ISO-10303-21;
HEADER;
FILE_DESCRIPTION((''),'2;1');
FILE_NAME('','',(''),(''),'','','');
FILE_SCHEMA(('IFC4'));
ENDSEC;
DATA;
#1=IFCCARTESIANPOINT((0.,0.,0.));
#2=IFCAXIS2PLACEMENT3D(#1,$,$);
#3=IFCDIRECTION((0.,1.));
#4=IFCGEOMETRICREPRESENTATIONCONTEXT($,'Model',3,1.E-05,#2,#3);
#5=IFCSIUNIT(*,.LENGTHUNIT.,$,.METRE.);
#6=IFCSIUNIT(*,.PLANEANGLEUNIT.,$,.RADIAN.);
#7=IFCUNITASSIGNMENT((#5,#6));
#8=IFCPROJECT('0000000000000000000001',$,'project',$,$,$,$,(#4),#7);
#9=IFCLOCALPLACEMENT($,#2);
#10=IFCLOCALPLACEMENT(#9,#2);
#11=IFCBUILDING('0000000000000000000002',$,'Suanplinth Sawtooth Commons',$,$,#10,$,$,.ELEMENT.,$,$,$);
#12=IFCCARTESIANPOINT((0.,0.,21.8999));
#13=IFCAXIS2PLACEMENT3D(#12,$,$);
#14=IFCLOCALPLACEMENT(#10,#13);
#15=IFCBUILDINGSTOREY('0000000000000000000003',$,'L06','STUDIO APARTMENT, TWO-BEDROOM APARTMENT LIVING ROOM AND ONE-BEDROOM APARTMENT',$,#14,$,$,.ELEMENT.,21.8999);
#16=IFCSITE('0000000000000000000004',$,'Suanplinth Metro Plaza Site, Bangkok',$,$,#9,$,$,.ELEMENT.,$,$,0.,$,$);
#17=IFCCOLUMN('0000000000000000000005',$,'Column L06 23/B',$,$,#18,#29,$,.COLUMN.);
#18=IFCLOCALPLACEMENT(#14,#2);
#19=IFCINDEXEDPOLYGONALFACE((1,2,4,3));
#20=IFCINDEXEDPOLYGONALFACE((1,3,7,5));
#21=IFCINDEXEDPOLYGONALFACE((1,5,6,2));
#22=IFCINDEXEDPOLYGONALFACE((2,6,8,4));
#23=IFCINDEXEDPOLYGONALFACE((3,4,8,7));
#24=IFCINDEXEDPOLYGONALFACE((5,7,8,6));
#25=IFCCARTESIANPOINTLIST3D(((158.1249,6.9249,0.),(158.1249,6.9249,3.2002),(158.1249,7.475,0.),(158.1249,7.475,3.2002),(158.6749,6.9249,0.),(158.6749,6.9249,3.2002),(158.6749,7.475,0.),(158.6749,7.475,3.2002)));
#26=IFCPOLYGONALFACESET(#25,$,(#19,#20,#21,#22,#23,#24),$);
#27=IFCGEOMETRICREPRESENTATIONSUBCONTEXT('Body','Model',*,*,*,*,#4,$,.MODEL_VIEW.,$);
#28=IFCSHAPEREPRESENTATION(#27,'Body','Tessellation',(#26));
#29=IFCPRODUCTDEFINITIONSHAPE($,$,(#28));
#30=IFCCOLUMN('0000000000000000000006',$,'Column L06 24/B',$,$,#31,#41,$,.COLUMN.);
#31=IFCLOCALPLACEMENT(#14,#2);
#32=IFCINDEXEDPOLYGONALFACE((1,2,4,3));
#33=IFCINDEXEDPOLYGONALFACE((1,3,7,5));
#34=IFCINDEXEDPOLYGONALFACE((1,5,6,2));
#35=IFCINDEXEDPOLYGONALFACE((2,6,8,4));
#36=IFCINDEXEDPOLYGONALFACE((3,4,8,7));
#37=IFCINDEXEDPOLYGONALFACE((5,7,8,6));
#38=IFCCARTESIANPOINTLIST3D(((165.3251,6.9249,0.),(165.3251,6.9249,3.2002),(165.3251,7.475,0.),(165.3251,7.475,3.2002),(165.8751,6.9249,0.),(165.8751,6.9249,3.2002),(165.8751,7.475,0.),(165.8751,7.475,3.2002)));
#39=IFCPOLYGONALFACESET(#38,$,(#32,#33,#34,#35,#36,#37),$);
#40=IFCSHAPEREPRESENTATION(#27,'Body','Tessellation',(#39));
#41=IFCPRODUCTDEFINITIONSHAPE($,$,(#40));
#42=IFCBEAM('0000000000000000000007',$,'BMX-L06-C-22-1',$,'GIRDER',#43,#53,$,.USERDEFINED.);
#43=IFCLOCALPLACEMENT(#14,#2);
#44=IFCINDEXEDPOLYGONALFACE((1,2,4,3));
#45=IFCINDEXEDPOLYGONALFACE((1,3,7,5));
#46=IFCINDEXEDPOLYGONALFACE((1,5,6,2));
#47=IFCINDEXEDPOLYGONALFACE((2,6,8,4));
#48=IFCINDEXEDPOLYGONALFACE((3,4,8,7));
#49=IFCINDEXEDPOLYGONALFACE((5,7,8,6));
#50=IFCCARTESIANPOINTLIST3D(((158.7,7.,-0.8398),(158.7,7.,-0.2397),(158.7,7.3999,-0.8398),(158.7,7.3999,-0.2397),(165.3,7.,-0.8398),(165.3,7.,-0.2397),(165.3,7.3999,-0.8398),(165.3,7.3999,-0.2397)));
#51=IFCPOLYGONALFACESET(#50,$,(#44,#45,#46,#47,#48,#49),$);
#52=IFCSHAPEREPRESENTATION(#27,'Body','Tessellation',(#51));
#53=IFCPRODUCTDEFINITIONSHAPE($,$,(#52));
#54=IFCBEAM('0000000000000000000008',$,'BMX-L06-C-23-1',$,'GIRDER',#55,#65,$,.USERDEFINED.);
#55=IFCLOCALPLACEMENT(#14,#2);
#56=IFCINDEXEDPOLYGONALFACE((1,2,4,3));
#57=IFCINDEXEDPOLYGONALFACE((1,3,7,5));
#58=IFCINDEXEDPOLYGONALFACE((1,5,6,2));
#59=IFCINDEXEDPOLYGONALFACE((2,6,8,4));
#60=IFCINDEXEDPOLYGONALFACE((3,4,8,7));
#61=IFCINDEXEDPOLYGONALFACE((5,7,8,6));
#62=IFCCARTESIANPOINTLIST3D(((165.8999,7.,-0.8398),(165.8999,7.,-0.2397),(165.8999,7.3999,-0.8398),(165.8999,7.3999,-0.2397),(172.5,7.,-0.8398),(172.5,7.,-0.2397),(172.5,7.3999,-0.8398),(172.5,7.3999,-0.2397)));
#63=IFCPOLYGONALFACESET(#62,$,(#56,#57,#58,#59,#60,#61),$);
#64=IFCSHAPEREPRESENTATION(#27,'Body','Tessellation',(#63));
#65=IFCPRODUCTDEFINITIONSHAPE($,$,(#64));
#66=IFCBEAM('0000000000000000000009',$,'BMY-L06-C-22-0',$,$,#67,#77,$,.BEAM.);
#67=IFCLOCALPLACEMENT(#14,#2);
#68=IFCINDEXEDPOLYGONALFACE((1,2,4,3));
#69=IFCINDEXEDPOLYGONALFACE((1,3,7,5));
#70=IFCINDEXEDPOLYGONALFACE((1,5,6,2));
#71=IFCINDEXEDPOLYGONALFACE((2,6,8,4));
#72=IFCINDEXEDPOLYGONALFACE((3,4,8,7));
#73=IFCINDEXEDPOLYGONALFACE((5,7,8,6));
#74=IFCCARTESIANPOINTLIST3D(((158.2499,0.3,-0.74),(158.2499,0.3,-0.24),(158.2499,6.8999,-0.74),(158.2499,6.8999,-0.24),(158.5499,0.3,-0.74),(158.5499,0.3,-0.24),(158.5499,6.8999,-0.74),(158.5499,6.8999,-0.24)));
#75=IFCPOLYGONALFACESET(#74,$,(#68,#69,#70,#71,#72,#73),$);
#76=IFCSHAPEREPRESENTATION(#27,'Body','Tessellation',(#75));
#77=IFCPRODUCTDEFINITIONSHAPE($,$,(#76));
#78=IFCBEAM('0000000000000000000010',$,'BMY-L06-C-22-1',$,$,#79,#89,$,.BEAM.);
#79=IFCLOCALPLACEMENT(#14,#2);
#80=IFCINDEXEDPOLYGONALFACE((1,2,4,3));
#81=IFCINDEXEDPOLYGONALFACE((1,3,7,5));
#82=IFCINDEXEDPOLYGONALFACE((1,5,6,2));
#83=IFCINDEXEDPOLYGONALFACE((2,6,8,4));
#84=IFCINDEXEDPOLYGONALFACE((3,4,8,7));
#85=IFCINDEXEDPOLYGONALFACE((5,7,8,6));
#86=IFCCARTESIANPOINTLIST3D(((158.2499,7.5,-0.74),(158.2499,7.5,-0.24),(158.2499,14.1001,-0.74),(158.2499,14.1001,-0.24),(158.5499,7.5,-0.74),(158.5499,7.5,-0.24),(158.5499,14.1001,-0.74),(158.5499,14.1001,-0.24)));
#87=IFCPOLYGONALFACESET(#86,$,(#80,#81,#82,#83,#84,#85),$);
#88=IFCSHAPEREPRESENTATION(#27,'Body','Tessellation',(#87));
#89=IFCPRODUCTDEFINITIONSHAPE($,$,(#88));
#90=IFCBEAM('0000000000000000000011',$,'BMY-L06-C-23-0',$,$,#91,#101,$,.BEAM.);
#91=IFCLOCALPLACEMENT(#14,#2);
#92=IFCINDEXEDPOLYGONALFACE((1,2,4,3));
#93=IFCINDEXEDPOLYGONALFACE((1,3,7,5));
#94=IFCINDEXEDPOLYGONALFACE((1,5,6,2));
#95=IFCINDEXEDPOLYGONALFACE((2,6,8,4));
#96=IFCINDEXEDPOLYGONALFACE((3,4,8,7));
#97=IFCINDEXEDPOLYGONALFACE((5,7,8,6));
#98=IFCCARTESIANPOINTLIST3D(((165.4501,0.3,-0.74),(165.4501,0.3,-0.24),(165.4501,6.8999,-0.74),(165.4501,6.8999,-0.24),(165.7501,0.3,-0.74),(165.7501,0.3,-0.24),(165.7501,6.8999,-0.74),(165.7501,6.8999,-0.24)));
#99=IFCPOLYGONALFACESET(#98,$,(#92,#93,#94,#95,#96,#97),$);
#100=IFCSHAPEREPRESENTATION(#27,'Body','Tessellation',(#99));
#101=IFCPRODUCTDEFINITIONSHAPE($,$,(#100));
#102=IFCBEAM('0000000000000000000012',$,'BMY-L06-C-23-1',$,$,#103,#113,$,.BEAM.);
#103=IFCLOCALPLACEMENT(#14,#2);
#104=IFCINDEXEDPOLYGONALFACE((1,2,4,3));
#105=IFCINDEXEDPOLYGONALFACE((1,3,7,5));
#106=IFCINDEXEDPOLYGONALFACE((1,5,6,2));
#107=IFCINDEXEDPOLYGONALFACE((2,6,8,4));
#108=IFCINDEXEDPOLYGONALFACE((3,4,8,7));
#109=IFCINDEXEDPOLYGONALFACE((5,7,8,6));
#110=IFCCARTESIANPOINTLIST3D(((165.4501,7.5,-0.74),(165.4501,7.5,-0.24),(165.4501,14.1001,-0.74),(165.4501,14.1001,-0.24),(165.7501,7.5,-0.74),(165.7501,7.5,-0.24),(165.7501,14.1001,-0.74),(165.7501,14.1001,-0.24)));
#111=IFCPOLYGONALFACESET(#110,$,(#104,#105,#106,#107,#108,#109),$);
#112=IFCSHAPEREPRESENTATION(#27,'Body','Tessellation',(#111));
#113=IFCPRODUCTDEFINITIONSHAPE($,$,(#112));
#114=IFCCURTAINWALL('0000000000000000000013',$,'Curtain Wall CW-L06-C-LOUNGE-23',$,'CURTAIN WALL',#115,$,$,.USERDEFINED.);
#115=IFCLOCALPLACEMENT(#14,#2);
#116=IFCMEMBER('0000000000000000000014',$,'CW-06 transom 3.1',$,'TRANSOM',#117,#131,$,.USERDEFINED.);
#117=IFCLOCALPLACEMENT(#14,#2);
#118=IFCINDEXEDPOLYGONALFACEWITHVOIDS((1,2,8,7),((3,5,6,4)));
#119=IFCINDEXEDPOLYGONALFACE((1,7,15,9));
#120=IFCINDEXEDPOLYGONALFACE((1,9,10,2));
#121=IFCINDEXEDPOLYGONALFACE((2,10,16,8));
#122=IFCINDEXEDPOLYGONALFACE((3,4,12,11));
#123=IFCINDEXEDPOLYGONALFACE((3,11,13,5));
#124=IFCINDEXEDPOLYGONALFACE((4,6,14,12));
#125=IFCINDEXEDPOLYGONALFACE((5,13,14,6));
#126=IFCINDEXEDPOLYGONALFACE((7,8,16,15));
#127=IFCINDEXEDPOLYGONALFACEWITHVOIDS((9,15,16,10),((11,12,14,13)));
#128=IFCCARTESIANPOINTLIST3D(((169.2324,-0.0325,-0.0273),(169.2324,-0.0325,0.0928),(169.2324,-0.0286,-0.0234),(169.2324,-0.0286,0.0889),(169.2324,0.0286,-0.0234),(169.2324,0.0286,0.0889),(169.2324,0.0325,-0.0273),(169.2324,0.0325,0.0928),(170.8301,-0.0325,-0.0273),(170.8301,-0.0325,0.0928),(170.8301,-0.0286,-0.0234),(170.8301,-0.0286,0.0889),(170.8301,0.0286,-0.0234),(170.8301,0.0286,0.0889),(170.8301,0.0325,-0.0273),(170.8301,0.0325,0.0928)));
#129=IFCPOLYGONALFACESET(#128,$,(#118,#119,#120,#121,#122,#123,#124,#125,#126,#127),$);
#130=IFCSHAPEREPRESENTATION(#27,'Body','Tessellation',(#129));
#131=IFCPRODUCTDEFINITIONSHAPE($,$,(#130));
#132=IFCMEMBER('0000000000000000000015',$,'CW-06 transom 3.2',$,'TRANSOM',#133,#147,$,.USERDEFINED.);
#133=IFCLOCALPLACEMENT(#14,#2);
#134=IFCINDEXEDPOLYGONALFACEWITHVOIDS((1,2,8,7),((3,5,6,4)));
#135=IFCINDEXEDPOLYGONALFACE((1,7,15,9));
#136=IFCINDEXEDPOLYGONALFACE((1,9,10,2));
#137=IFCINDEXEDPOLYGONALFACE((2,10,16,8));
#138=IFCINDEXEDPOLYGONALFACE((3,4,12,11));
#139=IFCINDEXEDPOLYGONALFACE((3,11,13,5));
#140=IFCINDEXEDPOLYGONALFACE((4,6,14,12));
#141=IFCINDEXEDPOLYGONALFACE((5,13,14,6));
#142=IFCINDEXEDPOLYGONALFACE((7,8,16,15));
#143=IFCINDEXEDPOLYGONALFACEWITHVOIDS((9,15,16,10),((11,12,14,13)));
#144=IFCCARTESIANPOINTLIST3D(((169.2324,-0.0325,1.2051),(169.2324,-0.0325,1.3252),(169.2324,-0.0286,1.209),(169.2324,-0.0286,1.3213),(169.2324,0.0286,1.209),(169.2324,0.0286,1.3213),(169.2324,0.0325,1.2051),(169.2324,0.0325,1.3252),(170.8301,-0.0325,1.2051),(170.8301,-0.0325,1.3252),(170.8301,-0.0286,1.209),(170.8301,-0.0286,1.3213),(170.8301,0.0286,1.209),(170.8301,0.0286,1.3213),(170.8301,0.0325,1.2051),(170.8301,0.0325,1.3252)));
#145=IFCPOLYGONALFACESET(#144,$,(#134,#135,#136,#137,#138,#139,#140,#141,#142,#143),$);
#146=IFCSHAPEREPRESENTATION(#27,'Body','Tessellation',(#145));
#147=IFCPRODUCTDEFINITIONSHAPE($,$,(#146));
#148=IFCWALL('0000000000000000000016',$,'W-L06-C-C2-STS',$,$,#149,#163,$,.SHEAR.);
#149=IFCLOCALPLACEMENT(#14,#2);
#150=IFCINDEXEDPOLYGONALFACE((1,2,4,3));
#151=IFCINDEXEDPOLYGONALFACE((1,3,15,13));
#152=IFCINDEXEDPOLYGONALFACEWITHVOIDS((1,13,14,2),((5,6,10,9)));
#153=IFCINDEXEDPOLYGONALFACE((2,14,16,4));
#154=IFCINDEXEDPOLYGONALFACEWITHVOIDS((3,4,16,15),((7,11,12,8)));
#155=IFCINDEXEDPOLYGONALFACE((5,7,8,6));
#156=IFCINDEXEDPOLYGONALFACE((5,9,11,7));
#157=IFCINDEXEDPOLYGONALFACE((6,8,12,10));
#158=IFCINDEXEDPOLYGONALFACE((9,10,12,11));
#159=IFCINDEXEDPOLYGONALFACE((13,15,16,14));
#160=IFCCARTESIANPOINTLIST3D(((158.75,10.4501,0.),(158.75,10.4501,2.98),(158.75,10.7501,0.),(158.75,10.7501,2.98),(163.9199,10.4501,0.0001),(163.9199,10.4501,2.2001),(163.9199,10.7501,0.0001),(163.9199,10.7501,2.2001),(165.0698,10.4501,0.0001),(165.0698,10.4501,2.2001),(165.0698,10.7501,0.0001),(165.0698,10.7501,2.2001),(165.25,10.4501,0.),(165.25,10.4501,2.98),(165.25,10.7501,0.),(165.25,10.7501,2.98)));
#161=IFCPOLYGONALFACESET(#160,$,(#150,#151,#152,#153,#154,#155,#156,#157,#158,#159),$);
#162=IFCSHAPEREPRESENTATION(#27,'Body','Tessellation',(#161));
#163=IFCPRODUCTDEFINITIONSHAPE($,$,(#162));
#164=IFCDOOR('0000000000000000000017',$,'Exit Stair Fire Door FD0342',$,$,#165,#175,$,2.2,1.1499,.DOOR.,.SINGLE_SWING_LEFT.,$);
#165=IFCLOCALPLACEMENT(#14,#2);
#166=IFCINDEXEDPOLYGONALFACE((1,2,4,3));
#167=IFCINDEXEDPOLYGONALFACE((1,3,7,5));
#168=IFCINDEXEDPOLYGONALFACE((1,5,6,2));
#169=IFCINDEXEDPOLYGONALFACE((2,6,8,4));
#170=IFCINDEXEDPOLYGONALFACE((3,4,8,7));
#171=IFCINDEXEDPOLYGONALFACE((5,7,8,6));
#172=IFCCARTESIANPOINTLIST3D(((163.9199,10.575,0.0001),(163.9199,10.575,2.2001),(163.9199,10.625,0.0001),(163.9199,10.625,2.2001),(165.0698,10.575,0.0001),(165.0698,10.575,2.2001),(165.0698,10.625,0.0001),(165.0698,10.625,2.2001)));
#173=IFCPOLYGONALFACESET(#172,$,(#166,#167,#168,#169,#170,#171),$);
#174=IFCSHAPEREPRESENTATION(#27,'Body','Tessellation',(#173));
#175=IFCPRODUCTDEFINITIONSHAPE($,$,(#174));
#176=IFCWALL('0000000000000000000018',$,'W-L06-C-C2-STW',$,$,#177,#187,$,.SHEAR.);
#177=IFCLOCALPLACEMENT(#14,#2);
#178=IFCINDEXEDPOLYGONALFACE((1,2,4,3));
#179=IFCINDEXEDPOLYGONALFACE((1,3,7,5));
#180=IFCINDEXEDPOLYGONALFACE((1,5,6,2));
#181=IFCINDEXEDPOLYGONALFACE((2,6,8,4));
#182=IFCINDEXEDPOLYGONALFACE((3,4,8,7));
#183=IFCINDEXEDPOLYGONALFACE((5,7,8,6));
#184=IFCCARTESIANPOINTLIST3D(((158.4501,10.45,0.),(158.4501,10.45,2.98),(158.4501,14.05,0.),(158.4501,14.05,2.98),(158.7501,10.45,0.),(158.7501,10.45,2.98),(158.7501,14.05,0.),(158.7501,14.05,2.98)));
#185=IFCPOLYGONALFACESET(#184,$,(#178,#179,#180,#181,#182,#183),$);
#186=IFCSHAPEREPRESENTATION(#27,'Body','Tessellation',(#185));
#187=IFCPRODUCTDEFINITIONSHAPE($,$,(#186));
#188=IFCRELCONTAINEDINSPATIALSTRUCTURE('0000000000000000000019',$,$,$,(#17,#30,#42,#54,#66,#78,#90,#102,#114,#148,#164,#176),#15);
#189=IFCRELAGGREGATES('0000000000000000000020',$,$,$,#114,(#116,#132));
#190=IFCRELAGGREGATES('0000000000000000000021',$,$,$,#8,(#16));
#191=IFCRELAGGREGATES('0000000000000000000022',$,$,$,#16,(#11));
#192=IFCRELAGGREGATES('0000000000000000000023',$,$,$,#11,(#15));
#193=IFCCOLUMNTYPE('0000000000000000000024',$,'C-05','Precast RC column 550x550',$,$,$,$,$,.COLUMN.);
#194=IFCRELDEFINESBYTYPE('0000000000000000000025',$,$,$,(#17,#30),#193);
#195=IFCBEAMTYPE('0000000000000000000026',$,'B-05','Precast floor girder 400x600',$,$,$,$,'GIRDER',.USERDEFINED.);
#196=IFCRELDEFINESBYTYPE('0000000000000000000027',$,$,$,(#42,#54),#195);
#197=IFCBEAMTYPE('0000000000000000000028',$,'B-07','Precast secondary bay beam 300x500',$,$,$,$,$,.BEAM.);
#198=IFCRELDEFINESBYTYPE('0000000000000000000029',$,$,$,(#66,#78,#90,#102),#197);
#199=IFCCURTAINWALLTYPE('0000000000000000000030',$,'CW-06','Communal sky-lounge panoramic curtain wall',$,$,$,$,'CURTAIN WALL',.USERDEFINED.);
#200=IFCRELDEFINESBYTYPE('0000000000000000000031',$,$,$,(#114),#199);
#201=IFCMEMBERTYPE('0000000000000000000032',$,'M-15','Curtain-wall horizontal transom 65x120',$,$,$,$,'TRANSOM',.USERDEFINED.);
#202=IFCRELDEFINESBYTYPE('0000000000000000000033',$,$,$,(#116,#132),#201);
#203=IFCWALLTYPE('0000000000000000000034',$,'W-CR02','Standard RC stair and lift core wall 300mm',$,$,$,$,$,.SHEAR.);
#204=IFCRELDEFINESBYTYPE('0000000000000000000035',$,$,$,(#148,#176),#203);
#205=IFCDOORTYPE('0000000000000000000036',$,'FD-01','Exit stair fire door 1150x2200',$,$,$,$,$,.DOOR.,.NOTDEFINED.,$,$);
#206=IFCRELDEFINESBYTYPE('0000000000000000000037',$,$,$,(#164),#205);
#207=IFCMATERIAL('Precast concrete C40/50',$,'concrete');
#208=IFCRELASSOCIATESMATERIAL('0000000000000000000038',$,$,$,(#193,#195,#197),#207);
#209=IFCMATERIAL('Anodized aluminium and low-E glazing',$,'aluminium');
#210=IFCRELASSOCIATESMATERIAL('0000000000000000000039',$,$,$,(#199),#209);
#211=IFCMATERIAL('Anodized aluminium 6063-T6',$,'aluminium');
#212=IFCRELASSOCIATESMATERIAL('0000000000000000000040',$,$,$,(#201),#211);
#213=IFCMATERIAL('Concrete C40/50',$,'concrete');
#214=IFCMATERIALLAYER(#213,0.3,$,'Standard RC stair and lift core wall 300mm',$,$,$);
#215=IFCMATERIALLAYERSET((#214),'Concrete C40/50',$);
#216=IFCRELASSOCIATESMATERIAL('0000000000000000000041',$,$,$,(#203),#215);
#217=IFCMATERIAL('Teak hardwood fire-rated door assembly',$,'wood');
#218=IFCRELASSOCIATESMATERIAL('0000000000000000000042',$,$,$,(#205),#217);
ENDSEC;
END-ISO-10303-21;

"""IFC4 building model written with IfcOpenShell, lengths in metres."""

from ifc_helpers import new_model, si_unit, direction, frame, frame_2d, origin, origin_2d, place, context, subcontext, project, spatial, rectangle, hollow_rectangle, extrude, material, layer, layer_set, material_profile, profile_set, type_object, element, fill, aggregate, save


model = new_model("IFC4")

# Units and contexts
model_context = context("Model", 3, precision=1e-05, world=origin(), true_north=direction((0.0, 1.0)))
body_context = subcontext(model_context, "Body", "Model", "MODEL_VIEW")
ifc_project = project(units=[si_unit("LENGTHUNIT", "METRE"), si_unit("PLANEANGLEUNIT", "RADIAN")], contexts=[model_context])

# Site, building, storey
site_placement = place(None, origin())
site = spatial("IfcSite", under=ifc_project, at=site_placement, Name="Suanplinth Metro Plaza Site, Bangkok", CompositionType="ELEMENT", RefElevation=0.0)
building_placement = place(site_placement, origin())
building = spatial("IfcBuilding", under=site, at=building_placement, Name="Suanplinth Sawtooth Commons", CompositionType="ELEMENT")
storey_placement = place(building_placement, frame((0.0, 0.0, 21.8999)))
storey = spatial("IfcBuildingStorey", under=building, at=storey_placement, Name="L06", Description="STUDIO APARTMENT, TWO-BEDROOM APARTMENT LIVING ROOM AND ONE-BEDROOM APARTMENT", CompositionType="ELEMENT", Elevation=21.8999)

# Columns
ifc_material_1 = material(Name="Precast concrete C40/50", Category="concrete")
ifc_material_profile_1 = material_profile(ifc_material_1, rectangle(XDim=0.55, YDim=0.55, at=origin_2d()), Name="PC-COL 550x550")
ifc_profile_set_1 = profile_set([ifc_material_profile_1], Name="Precast concrete C40/50")
column_type = type_object("IfcColumnType", Name="C-05", Description="Precast RC column 550x550", PredefinedType="COLUMN", material=ifc_profile_set_1)
for number, where, z_axis, x_axis, name in (
    (1, (158.3999, 7.2, 0.0), (0.0, 0.0, 1.0), (1.0, 0.0, 0.0), "Column L06 23/B"),
    (2, (165.6001, 7.2, 0.0), (0.0, 0.0, 1.0), (1.0, 0.0, 0.0), "Column L06 24/B"),
):
    element("IfcColumn", number, at=place(storey_placement, frame(where, z_axis=z_axis, x_axis=x_axis)), inside=storey, type_object=column_type, Name=name, PredefinedType="COLUMN", context=body_context, shape_type="SweptSolid", body=[
        extrude(rectangle(XDim=0.55, YDim=0.55, at=origin_2d()), origin(), (0.0, 0.0, 1.0), 3.2002),
    ])

# Beams
ifc_material_profile_2 = material_profile(ifc_material_1, rectangle(XDim=0.3999, YDim=0.6001, at=origin_2d()), Name="PC-GDR 400x600")
ifc_profile_set_2 = profile_set([ifc_material_profile_2], Name="Precast concrete C40/50")
beam_type_1 = type_object("IfcBeamType", Name="B-05", Description="Precast floor girder 400x600", ElementType="GIRDER", PredefinedType="USERDEFINED", material=ifc_profile_set_2)
for number, where, z_axis, x_axis, name in (
    (3, (158.7, 7.2, -0.5398), (1.0, 0.0, 0.0), (0.0, 1.0, 0.0), "BMX-L06-C-22-1"),
    (4, (165.8999, 7.2, -0.5398), (1.0, 0.0, 0.0), (0.0, 1.0, 0.0), "BMX-L06-C-23-1"),
):
    element("IfcBeam", number, at=place(storey_placement, frame(where, z_axis=z_axis, x_axis=x_axis)), inside=storey, type_object=beam_type_1, Name=name, ObjectType="GIRDER", PredefinedType="USERDEFINED", context=body_context, shape_type="SweptSolid", body=[
        extrude(rectangle(XDim=0.3999, YDim=0.6001, at=origin_2d()), origin(), (0.0, 0.0, 1.0), 6.6001),
    ])
ifc_material_profile_3 = material_profile(ifc_material_1, rectangle(XDim=0.3, YDim=0.5, at=origin_2d()), Name="PC-BM 300x500")
ifc_profile_set_3 = profile_set([ifc_material_profile_3], Name="Precast concrete C40/50")
beam_type_2 = type_object("IfcBeamType", Name="B-07", Description="Precast secondary bay beam 300x500", PredefinedType="BEAM", material=ifc_profile_set_3)
beam_1_placement = place(storey_placement, frame((158.3999, 0.3, -0.49), z_axis=(0.0, 1.0, 0.0), x_axis=(-1.0, 0.0, 0.0)))
element("IfcBeam", 5, at=beam_1_placement, inside=storey, type_object=beam_type_2, Name="BMY-L06-C-22-0", PredefinedType="BEAM", context=body_context, shape_type="SweptSolid", body=[
    extrude(rectangle(XDim=0.3, YDim=0.5, at=origin_2d()), origin(), (0.0, 0.0, 1.0), 6.5999),
])
beam_2_placement = place(storey_placement, frame((158.3999, 7.5, -0.49), z_axis=(0.0, 1.0, 0.0), x_axis=(-1.0, 0.0, 0.0)))
element("IfcBeam", 6, at=beam_2_placement, inside=storey, type_object=beam_type_2, Name="BMY-L06-C-22-1", PredefinedType="BEAM", context=body_context, shape_type="SweptSolid", body=[
    extrude(rectangle(XDim=0.3, YDim=0.5, at=origin_2d()), origin(), (0.0, 0.0, 1.0), 6.6001),
])
beam_3_placement = place(storey_placement, frame((165.6001, 0.3, -0.49), z_axis=(0.0, 1.0, 0.0), x_axis=(-1.0, 0.0, 0.0)))
element("IfcBeam", 7, at=beam_3_placement, inside=storey, type_object=beam_type_2, Name="BMY-L06-C-23-0", PredefinedType="BEAM", context=body_context, shape_type="SweptSolid", body=[
    extrude(rectangle(XDim=0.3, YDim=0.5, at=origin_2d()), origin(), (0.0, 0.0, 1.0), 6.5999),
])
beam_4_placement = place(storey_placement, frame((165.6001, 7.5, -0.49), z_axis=(0.0, 1.0, 0.0), x_axis=(-1.0, 0.0, 0.0)))
element("IfcBeam", 8, at=beam_4_placement, inside=storey, type_object=beam_type_2, Name="BMY-L06-C-23-1", PredefinedType="BEAM", context=body_context, shape_type="SweptSolid", body=[
    extrude(rectangle(XDim=0.3, YDim=0.5, at=origin_2d()), origin(), (0.0, 0.0, 1.0), 6.6001),
])

# Curtain wall, members
ifc_material_2 = material(Name="Anodized aluminium and low-E glazing", Category="aluminium")
curtain_wall_type = type_object("IfcCurtainWallType", Name="CW-06", Description="Communal sky-lounge panoramic curtain wall", ElementType="CURTAIN WALL", PredefinedType="USERDEFINED", material=ifc_material_2)
curtain_wall_placement = place(storey_placement, origin())
curtain_wall = element("IfcCurtainWall", 9, at=curtain_wall_placement, inside=storey, type_object=curtain_wall_type, Name="Curtain Wall CW-L06-C-LOUNGE-23", ObjectType="CURTAIN WALL", PredefinedType="USERDEFINED")
ifc_material_3 = material(Name="Anodized aluminium 6063-T6", Category="aluminium")
ifc_material_profile_4 = material_profile(ifc_material_3, hollow_rectangle(XDim=0.0649, YDim=0.1201, WallThickness=0.0039, at=origin_2d()), Name="ALU-TRN 65x120")
ifc_profile_set_4 = profile_set([ifc_material_profile_4], Name="Anodized aluminium 6063-T6")
member_type = type_object("IfcMemberType", Name="M-15", Description="Curtain-wall horizontal transom 65x120", ElementType="TRANSOM", PredefinedType="USERDEFINED", material=ifc_profile_set_4)
member_1_placement = place(storey_placement, frame((169.2324, 0.0, 0.0327), z_axis=(1.0, 0.0, 0.0), x_axis=(0.0, 1.0, 0.0)))
member_1 = element("IfcMember", 10, at=member_1_placement, type_object=member_type, Name="CW-06 transom 3.1", ObjectType="TRANSOM", PredefinedType="USERDEFINED", context=body_context, shape_type="SweptSolid", body=[
    extrude(hollow_rectangle(XDim=0.0649, YDim=0.1201, WallThickness=0.0039, at=origin_2d()), origin(), (0.0, 0.0, 1.0), 1.5977),
])
member_2_placement = place(storey_placement, frame((169.2324, 0.0, 1.2651), z_axis=(1.0, 0.0, 0.0), x_axis=(0.0, 1.0, 0.0)))
member_2 = element("IfcMember", 11, at=member_2_placement, type_object=member_type, Name="CW-06 transom 3.2", ObjectType="TRANSOM", PredefinedType="USERDEFINED", context=body_context, shape_type="SweptSolid", body=[
    extrude(hollow_rectangle(XDim=0.0649, YDim=0.1201, WallThickness=0.0039, at=origin_2d()), origin(), (0.0, 0.0, 1.0), 1.5977),
])
aggregate(curtain_wall, [member_1, member_2])

# Wall, opening, door
ifc_material_4 = material(Name="Concrete C40/50", Category="concrete")
ifc_layer_1 = layer(ifc_material_4, 0.3, Name="Standard RC stair and lift core wall 300mm")
ifc_layer_set_1 = layer_set([ifc_layer_1], Name="Concrete C40/50")
wall_type_1 = type_object("IfcWallType", Name="W-CR02", Description="Standard RC stair and lift core wall 300mm", PredefinedType="SHEAR", material=ifc_layer_set_1)
wall_1_placement = place(storey_placement, frame((158.75, 10.6001, 0.0), z_axis=(0.0, 0.0, 1.0), x_axis=(1.0, 0.0, 0.0)))
wall_1 = element("IfcWall", 12, at=wall_1_placement, inside=storey, type_object=wall_type_1, Name="W-L06-C-C2-STS", PredefinedType="SHEAR", context=body_context, shape_type="SweptSolid", body=[
    extrude(rectangle(XDim=6.5, YDim=0.3, at=frame_2d((3.25, 0.0))), origin(), (0.0, 0.0, 1.0), 2.98),
])
opening_1_placement = place(wall_1_placement, frame((5.1699, 0.0, 0.0)))
opening_1 = element("IfcOpeningElement", 13, at=opening_1_placement, cuts=wall_1, PredefinedType="OPENING", context=body_context, shape_type="SweptSolid", body=[
    extrude(rectangle(XDim=1.1499, YDim=2.2, at=frame_2d((0.575, 1.1001))), frame((0.0, 0.165, 0.0), z_axis=(0.0, -1.0, 0.0), x_axis=(1.0, 0.0, 0.0)), (0.0, 0.0, 1.0), 0.3298),
])
ifc_material_5 = material(Name="Teak hardwood fire-rated door assembly", Category="wood")
door_type_1 = type_object("IfcDoorType", Name="FD-01", Description="Exit stair fire door 1150x2200", OperationType="NOTDEFINED", PredefinedType="DOOR", material=ifc_material_5)
door_1_placement = place(opening_1_placement, origin())
door_1 = element("IfcDoor", 14, at=door_1_placement, inside=storey, type_object=door_type_1, Name="Exit Stair Fire Door FD0342", OperationType="SINGLE_SWING_LEFT", OverallHeight=2.2, OverallWidth=1.1499, PredefinedType="DOOR", context=body_context, shape_type="SweptSolid", body=[
    extrude(rectangle(XDim=1.1499, YDim=2.2, at=frame_2d((0.575, 1.1001))), frame((0.0, 0.0249, 0.0), z_axis=(0.0, -1.0, 0.0), x_axis=(1.0, 0.0, 0.0)), (0.0, 0.0, 1.0), 0.05),
])
fill(opening_1, door_1)

# Wall
for number, where, z_axis, x_axis, name in (
    (15, (158.6001, 10.45, 0.0), (0.0, 0.0, 1.0), (0.0, 1.0, 0.0), "W-L06-C-C2-STW"),
):
    element("IfcWall", number, at=place(storey_placement, frame(where, z_axis=z_axis, x_axis=x_axis)), inside=storey, type_object=wall_type_1, Name=name, PredefinedType="SHEAR", context=body_context, shape_type="SweptSolid", body=[
        extrude(rectangle(XDim=3.6001, YDim=0.3, at=frame_2d((1.8, 0.0))), origin(), (0.0, 0.0, 1.0), 2.98),
    ])

save(model, "model.ifc")
